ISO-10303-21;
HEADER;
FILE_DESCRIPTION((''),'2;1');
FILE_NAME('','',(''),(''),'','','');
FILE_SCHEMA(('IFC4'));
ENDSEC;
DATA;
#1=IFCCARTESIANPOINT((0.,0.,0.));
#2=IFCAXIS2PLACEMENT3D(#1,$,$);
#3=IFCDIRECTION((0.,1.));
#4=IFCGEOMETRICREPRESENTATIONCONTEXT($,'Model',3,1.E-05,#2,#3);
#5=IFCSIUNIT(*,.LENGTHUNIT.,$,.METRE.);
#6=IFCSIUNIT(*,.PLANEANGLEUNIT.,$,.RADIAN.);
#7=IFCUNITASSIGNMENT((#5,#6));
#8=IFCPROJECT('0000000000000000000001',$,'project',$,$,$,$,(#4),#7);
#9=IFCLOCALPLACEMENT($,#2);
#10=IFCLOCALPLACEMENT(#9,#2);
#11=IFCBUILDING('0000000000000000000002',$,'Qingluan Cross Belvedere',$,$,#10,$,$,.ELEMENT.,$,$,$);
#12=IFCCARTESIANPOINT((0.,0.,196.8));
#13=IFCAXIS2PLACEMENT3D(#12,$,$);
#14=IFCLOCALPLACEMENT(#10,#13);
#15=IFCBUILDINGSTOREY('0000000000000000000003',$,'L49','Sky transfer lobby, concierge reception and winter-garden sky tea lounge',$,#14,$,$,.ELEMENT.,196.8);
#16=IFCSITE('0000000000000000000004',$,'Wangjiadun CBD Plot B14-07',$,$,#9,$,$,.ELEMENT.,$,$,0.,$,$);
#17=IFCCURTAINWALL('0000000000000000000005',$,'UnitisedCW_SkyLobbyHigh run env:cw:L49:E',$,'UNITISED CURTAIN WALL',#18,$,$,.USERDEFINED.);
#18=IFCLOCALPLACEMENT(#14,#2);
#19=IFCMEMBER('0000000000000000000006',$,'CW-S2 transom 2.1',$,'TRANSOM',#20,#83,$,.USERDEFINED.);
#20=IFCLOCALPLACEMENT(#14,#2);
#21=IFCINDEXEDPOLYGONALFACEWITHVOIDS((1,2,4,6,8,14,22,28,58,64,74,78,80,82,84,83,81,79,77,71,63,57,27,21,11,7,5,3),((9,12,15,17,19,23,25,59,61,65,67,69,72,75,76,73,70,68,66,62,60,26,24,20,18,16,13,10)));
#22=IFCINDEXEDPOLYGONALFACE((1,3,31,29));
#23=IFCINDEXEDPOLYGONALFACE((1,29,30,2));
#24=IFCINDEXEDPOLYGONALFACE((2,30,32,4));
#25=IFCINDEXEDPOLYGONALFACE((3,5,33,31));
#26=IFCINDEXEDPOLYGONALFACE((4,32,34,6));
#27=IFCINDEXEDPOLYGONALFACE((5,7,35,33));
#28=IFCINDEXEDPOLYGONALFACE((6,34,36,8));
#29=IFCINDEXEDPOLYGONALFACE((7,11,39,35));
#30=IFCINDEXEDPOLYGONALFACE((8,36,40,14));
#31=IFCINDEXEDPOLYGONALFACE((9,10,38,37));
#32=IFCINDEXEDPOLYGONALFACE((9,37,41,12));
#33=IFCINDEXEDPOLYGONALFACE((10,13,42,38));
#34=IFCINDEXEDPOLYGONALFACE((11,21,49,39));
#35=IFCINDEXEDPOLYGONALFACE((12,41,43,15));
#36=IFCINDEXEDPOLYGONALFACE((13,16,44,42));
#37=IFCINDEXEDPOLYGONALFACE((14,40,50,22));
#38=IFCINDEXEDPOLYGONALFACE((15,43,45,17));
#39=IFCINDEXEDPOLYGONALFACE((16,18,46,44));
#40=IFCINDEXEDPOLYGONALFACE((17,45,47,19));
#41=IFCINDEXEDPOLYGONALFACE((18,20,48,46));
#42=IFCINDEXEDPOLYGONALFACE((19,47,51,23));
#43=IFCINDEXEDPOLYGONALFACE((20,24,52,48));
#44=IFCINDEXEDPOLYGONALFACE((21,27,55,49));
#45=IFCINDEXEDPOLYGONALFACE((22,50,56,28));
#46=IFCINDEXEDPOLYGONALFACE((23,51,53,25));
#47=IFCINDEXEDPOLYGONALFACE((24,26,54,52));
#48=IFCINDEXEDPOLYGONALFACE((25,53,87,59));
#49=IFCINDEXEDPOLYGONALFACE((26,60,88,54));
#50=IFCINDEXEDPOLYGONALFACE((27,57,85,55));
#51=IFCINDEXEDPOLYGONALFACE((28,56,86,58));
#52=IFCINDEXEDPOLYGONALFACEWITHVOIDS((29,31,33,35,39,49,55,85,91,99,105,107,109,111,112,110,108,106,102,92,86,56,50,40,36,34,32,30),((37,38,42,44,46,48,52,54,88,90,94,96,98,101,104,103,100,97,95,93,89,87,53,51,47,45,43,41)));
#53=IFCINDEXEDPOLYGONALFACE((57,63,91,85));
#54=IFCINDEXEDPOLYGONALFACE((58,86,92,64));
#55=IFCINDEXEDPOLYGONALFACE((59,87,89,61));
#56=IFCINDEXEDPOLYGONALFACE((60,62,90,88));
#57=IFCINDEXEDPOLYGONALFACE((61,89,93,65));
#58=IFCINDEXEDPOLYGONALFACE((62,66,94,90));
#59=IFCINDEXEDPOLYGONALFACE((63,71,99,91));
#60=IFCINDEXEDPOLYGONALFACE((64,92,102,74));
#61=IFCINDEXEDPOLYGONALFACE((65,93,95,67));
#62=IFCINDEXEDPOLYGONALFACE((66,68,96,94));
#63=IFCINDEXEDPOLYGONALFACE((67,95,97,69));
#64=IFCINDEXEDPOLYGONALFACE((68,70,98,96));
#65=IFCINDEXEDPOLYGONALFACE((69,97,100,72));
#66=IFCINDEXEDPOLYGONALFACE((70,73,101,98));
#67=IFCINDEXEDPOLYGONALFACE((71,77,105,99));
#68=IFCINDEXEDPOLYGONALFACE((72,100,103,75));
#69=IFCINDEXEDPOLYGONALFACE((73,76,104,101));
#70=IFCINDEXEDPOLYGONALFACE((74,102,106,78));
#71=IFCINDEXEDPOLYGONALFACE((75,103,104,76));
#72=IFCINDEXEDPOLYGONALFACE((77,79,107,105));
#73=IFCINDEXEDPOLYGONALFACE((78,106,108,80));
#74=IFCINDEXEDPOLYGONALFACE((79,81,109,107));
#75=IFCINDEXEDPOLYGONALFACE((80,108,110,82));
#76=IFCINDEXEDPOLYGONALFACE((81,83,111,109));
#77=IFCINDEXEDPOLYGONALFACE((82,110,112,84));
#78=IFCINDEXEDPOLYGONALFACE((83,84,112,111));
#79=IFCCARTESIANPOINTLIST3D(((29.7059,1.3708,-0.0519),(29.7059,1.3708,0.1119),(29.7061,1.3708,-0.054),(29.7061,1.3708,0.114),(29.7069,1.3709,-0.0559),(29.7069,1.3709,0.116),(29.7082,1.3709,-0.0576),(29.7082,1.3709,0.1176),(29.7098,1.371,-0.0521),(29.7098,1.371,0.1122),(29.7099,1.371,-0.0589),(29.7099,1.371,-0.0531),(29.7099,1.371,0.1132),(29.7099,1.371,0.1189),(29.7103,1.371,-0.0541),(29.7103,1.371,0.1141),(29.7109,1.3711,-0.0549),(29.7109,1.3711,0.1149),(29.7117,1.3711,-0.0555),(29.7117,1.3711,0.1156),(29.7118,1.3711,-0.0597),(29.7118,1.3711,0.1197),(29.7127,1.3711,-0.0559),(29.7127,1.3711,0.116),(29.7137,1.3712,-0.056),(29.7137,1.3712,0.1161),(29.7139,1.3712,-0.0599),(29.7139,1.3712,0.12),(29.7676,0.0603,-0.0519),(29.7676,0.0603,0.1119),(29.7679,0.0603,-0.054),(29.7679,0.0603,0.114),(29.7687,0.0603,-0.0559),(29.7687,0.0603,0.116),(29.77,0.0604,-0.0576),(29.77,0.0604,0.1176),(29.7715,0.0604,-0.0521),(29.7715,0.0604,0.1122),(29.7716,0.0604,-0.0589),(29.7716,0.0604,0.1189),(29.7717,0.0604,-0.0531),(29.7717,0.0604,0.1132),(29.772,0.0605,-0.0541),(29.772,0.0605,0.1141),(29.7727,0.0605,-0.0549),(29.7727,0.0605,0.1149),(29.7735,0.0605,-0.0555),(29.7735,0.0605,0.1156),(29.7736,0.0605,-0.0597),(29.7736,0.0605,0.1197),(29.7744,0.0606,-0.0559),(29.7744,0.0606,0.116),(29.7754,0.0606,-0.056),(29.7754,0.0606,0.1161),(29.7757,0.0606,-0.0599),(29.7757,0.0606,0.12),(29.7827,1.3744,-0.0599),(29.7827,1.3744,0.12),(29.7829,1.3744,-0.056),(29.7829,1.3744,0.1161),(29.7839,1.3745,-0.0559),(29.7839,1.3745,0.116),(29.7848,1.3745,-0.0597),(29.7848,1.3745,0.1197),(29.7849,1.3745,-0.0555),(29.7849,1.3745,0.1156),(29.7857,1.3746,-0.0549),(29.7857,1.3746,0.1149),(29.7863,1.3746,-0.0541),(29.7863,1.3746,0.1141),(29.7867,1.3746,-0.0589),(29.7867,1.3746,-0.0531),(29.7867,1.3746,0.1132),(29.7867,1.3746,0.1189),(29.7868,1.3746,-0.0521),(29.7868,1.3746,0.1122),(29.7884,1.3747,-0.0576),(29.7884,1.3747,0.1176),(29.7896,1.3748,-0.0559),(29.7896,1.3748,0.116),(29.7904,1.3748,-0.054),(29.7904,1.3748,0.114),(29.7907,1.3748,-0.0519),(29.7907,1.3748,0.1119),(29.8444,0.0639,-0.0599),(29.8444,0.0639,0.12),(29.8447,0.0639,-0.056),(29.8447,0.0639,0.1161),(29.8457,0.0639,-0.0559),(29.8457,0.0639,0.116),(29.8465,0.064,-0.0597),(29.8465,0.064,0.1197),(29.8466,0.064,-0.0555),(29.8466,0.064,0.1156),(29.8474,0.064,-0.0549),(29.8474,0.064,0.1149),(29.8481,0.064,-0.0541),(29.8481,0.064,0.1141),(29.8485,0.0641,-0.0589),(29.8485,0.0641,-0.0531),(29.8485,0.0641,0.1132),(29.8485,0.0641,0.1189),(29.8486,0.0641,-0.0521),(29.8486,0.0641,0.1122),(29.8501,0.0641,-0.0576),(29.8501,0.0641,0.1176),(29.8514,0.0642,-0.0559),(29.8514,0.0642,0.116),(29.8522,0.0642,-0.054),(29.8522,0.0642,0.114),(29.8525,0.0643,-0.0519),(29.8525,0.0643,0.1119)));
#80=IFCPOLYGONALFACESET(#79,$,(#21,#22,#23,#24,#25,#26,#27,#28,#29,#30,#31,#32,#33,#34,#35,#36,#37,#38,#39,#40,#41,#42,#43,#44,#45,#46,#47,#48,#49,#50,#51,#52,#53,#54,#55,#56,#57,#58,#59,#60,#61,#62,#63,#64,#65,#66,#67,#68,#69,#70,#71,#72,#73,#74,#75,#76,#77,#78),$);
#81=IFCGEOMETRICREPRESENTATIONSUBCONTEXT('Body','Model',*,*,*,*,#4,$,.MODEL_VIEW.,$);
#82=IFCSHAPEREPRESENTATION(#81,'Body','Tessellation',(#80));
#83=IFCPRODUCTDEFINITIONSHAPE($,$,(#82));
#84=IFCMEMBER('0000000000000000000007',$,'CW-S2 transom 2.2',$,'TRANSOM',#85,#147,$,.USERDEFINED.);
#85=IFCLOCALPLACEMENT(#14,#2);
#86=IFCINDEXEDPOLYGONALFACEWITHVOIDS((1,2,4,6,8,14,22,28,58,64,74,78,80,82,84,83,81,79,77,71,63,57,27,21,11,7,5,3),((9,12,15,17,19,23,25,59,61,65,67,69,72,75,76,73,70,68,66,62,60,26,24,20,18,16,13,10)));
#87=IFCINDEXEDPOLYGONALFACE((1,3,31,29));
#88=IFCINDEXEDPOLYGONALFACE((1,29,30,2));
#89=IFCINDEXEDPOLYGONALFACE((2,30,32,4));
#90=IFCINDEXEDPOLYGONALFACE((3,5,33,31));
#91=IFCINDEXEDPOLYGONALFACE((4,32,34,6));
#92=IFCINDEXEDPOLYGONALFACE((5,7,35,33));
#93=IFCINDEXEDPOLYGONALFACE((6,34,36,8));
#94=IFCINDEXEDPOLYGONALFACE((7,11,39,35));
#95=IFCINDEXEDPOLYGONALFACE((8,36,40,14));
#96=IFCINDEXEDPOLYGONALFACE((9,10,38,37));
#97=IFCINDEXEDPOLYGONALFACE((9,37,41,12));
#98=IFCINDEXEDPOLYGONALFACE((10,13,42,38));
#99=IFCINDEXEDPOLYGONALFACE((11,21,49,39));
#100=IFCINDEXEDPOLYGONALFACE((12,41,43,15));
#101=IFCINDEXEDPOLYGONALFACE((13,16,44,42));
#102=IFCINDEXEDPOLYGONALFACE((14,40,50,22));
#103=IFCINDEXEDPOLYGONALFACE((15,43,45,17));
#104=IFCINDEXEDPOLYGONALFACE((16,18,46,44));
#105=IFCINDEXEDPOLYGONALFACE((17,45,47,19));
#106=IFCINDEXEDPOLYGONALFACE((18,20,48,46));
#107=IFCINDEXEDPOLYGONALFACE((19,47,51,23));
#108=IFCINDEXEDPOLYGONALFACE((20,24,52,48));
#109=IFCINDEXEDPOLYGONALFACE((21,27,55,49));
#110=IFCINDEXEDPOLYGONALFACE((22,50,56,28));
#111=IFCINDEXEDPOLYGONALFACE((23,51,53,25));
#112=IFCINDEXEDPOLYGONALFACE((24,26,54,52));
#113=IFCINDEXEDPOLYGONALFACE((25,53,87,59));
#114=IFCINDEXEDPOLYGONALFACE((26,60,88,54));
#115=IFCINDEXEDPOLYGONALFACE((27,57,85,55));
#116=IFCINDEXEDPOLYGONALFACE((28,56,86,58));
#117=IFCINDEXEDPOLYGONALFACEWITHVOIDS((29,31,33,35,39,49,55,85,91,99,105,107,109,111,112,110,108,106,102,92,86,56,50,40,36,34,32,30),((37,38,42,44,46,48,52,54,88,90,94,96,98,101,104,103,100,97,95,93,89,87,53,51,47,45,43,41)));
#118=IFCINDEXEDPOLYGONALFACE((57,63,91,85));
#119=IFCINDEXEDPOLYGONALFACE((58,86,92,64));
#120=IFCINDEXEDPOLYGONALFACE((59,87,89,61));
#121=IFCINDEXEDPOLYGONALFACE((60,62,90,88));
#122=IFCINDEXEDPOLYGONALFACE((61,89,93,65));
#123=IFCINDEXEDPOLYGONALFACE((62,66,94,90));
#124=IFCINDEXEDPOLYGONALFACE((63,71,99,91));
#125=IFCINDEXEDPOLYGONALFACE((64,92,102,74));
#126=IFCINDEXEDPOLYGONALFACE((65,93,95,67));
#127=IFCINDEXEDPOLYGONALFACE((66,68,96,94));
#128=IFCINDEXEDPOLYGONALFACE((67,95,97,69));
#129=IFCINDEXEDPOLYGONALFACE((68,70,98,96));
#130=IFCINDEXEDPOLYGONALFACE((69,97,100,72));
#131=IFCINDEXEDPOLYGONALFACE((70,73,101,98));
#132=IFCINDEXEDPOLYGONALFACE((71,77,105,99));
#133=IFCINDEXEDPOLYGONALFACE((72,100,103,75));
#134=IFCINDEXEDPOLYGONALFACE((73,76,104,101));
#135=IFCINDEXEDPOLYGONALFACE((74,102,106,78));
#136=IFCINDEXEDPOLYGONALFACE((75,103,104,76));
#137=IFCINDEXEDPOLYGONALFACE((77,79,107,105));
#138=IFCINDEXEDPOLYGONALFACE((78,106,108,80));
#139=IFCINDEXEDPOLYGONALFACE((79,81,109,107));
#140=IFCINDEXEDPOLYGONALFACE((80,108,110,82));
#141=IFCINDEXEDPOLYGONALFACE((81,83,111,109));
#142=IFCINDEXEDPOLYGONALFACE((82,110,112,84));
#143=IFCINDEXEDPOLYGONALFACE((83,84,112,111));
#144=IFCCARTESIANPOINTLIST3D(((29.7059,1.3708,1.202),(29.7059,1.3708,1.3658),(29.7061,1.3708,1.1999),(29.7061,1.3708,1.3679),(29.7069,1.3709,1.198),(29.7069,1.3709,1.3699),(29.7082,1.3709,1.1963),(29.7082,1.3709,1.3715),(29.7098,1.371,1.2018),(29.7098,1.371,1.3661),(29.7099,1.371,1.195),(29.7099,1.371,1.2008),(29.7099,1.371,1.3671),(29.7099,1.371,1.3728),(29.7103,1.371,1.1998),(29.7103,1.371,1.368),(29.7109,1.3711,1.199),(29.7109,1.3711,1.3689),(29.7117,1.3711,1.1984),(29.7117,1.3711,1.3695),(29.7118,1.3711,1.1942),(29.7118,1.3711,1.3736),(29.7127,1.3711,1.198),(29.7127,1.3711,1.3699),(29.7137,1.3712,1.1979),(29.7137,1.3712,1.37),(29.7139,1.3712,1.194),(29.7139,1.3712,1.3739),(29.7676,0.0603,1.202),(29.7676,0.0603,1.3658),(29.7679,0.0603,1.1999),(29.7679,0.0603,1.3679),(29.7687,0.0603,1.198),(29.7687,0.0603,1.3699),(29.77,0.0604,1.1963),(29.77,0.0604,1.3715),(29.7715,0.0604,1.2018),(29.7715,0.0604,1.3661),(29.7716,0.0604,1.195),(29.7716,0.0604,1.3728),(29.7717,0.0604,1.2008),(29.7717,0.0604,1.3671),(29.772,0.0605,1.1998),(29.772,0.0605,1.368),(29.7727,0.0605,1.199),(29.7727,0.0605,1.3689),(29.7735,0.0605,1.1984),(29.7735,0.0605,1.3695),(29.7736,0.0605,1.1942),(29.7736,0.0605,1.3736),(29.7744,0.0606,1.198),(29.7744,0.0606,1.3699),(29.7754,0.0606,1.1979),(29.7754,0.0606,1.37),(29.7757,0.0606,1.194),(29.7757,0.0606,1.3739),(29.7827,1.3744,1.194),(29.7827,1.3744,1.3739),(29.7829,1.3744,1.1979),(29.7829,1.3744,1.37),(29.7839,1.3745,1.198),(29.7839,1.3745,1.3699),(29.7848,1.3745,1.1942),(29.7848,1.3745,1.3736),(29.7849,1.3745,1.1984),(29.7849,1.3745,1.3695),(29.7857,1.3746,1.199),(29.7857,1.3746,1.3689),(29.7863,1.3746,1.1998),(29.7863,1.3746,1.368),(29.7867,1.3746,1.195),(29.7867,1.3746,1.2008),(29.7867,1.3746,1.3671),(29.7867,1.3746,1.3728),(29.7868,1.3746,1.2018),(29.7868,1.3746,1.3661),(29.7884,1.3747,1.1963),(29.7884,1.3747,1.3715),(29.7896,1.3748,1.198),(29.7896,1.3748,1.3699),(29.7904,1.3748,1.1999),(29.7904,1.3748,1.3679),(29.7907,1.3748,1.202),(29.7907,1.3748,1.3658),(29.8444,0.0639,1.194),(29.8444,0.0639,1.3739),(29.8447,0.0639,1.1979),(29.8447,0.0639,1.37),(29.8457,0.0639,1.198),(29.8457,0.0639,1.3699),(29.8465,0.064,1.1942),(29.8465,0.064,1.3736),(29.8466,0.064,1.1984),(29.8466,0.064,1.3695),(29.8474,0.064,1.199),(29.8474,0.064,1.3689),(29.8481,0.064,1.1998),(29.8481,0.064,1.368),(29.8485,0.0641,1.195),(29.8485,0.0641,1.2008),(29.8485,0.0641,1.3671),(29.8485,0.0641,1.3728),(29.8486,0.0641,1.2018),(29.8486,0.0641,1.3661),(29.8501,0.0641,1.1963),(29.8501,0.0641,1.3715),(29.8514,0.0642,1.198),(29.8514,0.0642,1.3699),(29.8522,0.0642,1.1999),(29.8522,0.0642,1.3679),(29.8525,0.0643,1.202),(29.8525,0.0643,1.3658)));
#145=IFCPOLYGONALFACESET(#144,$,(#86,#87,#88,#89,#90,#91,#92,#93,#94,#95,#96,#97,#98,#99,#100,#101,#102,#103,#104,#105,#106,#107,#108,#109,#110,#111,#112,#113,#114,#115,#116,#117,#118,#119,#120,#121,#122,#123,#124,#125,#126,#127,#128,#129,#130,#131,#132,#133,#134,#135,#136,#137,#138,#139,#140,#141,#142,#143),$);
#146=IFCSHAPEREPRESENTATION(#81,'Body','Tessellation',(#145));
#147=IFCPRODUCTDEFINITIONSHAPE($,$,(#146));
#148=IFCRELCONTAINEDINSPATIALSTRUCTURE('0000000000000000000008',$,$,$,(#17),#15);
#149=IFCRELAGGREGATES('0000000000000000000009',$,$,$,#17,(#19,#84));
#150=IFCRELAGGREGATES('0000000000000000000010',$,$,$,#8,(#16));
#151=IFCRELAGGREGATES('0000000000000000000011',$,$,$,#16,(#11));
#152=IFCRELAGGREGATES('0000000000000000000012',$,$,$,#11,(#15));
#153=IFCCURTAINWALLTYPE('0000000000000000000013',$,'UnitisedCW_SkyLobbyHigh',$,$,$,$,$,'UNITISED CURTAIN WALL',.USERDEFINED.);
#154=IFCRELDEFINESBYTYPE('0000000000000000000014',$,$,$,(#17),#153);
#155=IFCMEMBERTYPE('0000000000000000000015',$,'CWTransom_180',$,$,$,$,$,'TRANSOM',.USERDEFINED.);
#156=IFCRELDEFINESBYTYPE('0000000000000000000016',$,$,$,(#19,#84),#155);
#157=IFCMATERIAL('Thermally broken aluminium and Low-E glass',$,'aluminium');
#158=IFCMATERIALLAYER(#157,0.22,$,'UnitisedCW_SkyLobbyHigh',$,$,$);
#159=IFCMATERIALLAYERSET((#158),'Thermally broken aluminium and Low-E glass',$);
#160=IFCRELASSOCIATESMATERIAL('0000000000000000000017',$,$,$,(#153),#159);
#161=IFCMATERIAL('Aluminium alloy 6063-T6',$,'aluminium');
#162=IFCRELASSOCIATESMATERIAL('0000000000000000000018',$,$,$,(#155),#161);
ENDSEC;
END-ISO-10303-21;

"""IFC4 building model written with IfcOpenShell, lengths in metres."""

from ifc_helpers import new_model, si_unit, direction, frame, origin, origin_2d, place, context, subcontext, project, spatial, hollow_rectangle, extrude, material, layer, layer_set, material_profile, profile_set, type_object, element, aggregate, save


model = new_model("IFC4")

# Units and contexts
model_context = context("Model", 3, precision=1e-05, world=origin(), true_north=direction((0.0, 1.0)))
body_context = subcontext(model_context, "Body", "Model", "MODEL_VIEW")
ifc_project = project(units=[si_unit("LENGTHUNIT", "METRE"), si_unit("PLANEANGLEUNIT", "RADIAN")], contexts=[model_context])

# Site, building, storey
site_placement = place(None, origin())
site = spatial("IfcSite", under=ifc_project, at=site_placement, Name="Wangjiadun CBD Plot B14-07", CompositionType="ELEMENT", RefElevation=0.0)
building_placement = place(site_placement, origin())
building = spatial("IfcBuilding", under=site, at=building_placement, Name="Qingluan Cross Belvedere", CompositionType="ELEMENT")
storey_placement = place(building_placement, frame((0.0, 0.0, 196.8)))
storey = spatial("IfcBuildingStorey", under=building, at=storey_placement, Name="L49", Description="Sky transfer lobby, concierge reception and winter-garden sky tea lounge", CompositionType="ELEMENT", Elevation=196.8)

# Curtain wall, members
ifc_material_1 = material(Name="Thermally broken aluminium and Low-E glass", Category="aluminium")
ifc_layer_1 = layer(ifc_material_1, 0.22, Name="UnitisedCW_SkyLobbyHigh")
ifc_layer_set_1 = layer_set([ifc_layer_1], Name="Thermally broken aluminium and Low-E glass")
curtain_wall_type = type_object("IfcCurtainWallType", Name="UnitisedCW_SkyLobbyHigh", ElementType="UNITISED CURTAIN WALL", PredefinedType="USERDEFINED", material=ifc_layer_set_1)
curtain_wall_placement = place(storey_placement, origin())
curtain_wall = element("IfcCurtainWall", 1, at=curtain_wall_placement, inside=storey, type_object=curtain_wall_type, Name="UnitisedCW_SkyLobbyHigh run env:cw:L49:E", ObjectType="UNITISED CURTAIN WALL", PredefinedType="USERDEFINED")
ifc_material_2 = material(Name="Aluminium alloy 6063-T6", Category="aluminium")
ifc_material_profile_1 = material_profile(ifc_material_2, hollow_rectangle(XDim=0.085, YDim=0.1799, WallThickness=0.0039, InnerFilletRadius=0.0039, OuterFilletRadius=0.0081, at=origin_2d()), Name="CWT180x85x4")
ifc_profile_set_1 = profile_set([ifc_material_profile_1], Name="Aluminium alloy 6063-T6")
member_type_1 = type_object("IfcMemberType", Name="CWTransom_180", ElementType="TRANSOM", PredefinedType="USERDEFINED", material=ifc_profile_set_1)
member_1_placement = place(storey_placement, frame((29.8101, 0.0623, 0.03), z_axis=(-0.047079, 0.998891, 0.0), x_axis=(-0.998891, -0.047079, 0.0)))
member_1 = element("IfcMember", 2, at=member_1_placement, type_object=member_type_1, Name="CW-S2 transom 2.1", ObjectType="TRANSOM", PredefinedType="USERDEFINED", context=body_context, shape_type="SweptSolid", body=[
    extrude(hollow_rectangle(XDim=0.085, YDim=0.1799, WallThickness=0.0039, InnerFilletRadius=0.0039, OuterFilletRadius=0.0081, at=origin_2d()), origin(), (0.0, 0.0, 1.0), 1.312),
])
member_2_placement = place(storey_placement, frame((29.8101, 0.0623, 1.2839), z_axis=(-0.047079, 0.998891, 0.0), x_axis=(-0.998891, -0.047079, 0.0)))
member_2 = element("IfcMember", 3, at=member_2_placement, type_object=member_type_1, Name="CW-S2 transom 2.2", ObjectType="TRANSOM", PredefinedType="USERDEFINED", context=body_context, shape_type="SweptSolid", body=[
    extrude(hollow_rectangle(XDim=0.085, YDim=0.1799, WallThickness=0.0039, InnerFilletRadius=0.0039, OuterFilletRadius=0.0081, at=origin_2d()), origin(), (0.0, 0.0, 1.0), 1.312),
])
aggregate(curtain_wall, [member_1, member_2])

save(model, "model.ifc")
